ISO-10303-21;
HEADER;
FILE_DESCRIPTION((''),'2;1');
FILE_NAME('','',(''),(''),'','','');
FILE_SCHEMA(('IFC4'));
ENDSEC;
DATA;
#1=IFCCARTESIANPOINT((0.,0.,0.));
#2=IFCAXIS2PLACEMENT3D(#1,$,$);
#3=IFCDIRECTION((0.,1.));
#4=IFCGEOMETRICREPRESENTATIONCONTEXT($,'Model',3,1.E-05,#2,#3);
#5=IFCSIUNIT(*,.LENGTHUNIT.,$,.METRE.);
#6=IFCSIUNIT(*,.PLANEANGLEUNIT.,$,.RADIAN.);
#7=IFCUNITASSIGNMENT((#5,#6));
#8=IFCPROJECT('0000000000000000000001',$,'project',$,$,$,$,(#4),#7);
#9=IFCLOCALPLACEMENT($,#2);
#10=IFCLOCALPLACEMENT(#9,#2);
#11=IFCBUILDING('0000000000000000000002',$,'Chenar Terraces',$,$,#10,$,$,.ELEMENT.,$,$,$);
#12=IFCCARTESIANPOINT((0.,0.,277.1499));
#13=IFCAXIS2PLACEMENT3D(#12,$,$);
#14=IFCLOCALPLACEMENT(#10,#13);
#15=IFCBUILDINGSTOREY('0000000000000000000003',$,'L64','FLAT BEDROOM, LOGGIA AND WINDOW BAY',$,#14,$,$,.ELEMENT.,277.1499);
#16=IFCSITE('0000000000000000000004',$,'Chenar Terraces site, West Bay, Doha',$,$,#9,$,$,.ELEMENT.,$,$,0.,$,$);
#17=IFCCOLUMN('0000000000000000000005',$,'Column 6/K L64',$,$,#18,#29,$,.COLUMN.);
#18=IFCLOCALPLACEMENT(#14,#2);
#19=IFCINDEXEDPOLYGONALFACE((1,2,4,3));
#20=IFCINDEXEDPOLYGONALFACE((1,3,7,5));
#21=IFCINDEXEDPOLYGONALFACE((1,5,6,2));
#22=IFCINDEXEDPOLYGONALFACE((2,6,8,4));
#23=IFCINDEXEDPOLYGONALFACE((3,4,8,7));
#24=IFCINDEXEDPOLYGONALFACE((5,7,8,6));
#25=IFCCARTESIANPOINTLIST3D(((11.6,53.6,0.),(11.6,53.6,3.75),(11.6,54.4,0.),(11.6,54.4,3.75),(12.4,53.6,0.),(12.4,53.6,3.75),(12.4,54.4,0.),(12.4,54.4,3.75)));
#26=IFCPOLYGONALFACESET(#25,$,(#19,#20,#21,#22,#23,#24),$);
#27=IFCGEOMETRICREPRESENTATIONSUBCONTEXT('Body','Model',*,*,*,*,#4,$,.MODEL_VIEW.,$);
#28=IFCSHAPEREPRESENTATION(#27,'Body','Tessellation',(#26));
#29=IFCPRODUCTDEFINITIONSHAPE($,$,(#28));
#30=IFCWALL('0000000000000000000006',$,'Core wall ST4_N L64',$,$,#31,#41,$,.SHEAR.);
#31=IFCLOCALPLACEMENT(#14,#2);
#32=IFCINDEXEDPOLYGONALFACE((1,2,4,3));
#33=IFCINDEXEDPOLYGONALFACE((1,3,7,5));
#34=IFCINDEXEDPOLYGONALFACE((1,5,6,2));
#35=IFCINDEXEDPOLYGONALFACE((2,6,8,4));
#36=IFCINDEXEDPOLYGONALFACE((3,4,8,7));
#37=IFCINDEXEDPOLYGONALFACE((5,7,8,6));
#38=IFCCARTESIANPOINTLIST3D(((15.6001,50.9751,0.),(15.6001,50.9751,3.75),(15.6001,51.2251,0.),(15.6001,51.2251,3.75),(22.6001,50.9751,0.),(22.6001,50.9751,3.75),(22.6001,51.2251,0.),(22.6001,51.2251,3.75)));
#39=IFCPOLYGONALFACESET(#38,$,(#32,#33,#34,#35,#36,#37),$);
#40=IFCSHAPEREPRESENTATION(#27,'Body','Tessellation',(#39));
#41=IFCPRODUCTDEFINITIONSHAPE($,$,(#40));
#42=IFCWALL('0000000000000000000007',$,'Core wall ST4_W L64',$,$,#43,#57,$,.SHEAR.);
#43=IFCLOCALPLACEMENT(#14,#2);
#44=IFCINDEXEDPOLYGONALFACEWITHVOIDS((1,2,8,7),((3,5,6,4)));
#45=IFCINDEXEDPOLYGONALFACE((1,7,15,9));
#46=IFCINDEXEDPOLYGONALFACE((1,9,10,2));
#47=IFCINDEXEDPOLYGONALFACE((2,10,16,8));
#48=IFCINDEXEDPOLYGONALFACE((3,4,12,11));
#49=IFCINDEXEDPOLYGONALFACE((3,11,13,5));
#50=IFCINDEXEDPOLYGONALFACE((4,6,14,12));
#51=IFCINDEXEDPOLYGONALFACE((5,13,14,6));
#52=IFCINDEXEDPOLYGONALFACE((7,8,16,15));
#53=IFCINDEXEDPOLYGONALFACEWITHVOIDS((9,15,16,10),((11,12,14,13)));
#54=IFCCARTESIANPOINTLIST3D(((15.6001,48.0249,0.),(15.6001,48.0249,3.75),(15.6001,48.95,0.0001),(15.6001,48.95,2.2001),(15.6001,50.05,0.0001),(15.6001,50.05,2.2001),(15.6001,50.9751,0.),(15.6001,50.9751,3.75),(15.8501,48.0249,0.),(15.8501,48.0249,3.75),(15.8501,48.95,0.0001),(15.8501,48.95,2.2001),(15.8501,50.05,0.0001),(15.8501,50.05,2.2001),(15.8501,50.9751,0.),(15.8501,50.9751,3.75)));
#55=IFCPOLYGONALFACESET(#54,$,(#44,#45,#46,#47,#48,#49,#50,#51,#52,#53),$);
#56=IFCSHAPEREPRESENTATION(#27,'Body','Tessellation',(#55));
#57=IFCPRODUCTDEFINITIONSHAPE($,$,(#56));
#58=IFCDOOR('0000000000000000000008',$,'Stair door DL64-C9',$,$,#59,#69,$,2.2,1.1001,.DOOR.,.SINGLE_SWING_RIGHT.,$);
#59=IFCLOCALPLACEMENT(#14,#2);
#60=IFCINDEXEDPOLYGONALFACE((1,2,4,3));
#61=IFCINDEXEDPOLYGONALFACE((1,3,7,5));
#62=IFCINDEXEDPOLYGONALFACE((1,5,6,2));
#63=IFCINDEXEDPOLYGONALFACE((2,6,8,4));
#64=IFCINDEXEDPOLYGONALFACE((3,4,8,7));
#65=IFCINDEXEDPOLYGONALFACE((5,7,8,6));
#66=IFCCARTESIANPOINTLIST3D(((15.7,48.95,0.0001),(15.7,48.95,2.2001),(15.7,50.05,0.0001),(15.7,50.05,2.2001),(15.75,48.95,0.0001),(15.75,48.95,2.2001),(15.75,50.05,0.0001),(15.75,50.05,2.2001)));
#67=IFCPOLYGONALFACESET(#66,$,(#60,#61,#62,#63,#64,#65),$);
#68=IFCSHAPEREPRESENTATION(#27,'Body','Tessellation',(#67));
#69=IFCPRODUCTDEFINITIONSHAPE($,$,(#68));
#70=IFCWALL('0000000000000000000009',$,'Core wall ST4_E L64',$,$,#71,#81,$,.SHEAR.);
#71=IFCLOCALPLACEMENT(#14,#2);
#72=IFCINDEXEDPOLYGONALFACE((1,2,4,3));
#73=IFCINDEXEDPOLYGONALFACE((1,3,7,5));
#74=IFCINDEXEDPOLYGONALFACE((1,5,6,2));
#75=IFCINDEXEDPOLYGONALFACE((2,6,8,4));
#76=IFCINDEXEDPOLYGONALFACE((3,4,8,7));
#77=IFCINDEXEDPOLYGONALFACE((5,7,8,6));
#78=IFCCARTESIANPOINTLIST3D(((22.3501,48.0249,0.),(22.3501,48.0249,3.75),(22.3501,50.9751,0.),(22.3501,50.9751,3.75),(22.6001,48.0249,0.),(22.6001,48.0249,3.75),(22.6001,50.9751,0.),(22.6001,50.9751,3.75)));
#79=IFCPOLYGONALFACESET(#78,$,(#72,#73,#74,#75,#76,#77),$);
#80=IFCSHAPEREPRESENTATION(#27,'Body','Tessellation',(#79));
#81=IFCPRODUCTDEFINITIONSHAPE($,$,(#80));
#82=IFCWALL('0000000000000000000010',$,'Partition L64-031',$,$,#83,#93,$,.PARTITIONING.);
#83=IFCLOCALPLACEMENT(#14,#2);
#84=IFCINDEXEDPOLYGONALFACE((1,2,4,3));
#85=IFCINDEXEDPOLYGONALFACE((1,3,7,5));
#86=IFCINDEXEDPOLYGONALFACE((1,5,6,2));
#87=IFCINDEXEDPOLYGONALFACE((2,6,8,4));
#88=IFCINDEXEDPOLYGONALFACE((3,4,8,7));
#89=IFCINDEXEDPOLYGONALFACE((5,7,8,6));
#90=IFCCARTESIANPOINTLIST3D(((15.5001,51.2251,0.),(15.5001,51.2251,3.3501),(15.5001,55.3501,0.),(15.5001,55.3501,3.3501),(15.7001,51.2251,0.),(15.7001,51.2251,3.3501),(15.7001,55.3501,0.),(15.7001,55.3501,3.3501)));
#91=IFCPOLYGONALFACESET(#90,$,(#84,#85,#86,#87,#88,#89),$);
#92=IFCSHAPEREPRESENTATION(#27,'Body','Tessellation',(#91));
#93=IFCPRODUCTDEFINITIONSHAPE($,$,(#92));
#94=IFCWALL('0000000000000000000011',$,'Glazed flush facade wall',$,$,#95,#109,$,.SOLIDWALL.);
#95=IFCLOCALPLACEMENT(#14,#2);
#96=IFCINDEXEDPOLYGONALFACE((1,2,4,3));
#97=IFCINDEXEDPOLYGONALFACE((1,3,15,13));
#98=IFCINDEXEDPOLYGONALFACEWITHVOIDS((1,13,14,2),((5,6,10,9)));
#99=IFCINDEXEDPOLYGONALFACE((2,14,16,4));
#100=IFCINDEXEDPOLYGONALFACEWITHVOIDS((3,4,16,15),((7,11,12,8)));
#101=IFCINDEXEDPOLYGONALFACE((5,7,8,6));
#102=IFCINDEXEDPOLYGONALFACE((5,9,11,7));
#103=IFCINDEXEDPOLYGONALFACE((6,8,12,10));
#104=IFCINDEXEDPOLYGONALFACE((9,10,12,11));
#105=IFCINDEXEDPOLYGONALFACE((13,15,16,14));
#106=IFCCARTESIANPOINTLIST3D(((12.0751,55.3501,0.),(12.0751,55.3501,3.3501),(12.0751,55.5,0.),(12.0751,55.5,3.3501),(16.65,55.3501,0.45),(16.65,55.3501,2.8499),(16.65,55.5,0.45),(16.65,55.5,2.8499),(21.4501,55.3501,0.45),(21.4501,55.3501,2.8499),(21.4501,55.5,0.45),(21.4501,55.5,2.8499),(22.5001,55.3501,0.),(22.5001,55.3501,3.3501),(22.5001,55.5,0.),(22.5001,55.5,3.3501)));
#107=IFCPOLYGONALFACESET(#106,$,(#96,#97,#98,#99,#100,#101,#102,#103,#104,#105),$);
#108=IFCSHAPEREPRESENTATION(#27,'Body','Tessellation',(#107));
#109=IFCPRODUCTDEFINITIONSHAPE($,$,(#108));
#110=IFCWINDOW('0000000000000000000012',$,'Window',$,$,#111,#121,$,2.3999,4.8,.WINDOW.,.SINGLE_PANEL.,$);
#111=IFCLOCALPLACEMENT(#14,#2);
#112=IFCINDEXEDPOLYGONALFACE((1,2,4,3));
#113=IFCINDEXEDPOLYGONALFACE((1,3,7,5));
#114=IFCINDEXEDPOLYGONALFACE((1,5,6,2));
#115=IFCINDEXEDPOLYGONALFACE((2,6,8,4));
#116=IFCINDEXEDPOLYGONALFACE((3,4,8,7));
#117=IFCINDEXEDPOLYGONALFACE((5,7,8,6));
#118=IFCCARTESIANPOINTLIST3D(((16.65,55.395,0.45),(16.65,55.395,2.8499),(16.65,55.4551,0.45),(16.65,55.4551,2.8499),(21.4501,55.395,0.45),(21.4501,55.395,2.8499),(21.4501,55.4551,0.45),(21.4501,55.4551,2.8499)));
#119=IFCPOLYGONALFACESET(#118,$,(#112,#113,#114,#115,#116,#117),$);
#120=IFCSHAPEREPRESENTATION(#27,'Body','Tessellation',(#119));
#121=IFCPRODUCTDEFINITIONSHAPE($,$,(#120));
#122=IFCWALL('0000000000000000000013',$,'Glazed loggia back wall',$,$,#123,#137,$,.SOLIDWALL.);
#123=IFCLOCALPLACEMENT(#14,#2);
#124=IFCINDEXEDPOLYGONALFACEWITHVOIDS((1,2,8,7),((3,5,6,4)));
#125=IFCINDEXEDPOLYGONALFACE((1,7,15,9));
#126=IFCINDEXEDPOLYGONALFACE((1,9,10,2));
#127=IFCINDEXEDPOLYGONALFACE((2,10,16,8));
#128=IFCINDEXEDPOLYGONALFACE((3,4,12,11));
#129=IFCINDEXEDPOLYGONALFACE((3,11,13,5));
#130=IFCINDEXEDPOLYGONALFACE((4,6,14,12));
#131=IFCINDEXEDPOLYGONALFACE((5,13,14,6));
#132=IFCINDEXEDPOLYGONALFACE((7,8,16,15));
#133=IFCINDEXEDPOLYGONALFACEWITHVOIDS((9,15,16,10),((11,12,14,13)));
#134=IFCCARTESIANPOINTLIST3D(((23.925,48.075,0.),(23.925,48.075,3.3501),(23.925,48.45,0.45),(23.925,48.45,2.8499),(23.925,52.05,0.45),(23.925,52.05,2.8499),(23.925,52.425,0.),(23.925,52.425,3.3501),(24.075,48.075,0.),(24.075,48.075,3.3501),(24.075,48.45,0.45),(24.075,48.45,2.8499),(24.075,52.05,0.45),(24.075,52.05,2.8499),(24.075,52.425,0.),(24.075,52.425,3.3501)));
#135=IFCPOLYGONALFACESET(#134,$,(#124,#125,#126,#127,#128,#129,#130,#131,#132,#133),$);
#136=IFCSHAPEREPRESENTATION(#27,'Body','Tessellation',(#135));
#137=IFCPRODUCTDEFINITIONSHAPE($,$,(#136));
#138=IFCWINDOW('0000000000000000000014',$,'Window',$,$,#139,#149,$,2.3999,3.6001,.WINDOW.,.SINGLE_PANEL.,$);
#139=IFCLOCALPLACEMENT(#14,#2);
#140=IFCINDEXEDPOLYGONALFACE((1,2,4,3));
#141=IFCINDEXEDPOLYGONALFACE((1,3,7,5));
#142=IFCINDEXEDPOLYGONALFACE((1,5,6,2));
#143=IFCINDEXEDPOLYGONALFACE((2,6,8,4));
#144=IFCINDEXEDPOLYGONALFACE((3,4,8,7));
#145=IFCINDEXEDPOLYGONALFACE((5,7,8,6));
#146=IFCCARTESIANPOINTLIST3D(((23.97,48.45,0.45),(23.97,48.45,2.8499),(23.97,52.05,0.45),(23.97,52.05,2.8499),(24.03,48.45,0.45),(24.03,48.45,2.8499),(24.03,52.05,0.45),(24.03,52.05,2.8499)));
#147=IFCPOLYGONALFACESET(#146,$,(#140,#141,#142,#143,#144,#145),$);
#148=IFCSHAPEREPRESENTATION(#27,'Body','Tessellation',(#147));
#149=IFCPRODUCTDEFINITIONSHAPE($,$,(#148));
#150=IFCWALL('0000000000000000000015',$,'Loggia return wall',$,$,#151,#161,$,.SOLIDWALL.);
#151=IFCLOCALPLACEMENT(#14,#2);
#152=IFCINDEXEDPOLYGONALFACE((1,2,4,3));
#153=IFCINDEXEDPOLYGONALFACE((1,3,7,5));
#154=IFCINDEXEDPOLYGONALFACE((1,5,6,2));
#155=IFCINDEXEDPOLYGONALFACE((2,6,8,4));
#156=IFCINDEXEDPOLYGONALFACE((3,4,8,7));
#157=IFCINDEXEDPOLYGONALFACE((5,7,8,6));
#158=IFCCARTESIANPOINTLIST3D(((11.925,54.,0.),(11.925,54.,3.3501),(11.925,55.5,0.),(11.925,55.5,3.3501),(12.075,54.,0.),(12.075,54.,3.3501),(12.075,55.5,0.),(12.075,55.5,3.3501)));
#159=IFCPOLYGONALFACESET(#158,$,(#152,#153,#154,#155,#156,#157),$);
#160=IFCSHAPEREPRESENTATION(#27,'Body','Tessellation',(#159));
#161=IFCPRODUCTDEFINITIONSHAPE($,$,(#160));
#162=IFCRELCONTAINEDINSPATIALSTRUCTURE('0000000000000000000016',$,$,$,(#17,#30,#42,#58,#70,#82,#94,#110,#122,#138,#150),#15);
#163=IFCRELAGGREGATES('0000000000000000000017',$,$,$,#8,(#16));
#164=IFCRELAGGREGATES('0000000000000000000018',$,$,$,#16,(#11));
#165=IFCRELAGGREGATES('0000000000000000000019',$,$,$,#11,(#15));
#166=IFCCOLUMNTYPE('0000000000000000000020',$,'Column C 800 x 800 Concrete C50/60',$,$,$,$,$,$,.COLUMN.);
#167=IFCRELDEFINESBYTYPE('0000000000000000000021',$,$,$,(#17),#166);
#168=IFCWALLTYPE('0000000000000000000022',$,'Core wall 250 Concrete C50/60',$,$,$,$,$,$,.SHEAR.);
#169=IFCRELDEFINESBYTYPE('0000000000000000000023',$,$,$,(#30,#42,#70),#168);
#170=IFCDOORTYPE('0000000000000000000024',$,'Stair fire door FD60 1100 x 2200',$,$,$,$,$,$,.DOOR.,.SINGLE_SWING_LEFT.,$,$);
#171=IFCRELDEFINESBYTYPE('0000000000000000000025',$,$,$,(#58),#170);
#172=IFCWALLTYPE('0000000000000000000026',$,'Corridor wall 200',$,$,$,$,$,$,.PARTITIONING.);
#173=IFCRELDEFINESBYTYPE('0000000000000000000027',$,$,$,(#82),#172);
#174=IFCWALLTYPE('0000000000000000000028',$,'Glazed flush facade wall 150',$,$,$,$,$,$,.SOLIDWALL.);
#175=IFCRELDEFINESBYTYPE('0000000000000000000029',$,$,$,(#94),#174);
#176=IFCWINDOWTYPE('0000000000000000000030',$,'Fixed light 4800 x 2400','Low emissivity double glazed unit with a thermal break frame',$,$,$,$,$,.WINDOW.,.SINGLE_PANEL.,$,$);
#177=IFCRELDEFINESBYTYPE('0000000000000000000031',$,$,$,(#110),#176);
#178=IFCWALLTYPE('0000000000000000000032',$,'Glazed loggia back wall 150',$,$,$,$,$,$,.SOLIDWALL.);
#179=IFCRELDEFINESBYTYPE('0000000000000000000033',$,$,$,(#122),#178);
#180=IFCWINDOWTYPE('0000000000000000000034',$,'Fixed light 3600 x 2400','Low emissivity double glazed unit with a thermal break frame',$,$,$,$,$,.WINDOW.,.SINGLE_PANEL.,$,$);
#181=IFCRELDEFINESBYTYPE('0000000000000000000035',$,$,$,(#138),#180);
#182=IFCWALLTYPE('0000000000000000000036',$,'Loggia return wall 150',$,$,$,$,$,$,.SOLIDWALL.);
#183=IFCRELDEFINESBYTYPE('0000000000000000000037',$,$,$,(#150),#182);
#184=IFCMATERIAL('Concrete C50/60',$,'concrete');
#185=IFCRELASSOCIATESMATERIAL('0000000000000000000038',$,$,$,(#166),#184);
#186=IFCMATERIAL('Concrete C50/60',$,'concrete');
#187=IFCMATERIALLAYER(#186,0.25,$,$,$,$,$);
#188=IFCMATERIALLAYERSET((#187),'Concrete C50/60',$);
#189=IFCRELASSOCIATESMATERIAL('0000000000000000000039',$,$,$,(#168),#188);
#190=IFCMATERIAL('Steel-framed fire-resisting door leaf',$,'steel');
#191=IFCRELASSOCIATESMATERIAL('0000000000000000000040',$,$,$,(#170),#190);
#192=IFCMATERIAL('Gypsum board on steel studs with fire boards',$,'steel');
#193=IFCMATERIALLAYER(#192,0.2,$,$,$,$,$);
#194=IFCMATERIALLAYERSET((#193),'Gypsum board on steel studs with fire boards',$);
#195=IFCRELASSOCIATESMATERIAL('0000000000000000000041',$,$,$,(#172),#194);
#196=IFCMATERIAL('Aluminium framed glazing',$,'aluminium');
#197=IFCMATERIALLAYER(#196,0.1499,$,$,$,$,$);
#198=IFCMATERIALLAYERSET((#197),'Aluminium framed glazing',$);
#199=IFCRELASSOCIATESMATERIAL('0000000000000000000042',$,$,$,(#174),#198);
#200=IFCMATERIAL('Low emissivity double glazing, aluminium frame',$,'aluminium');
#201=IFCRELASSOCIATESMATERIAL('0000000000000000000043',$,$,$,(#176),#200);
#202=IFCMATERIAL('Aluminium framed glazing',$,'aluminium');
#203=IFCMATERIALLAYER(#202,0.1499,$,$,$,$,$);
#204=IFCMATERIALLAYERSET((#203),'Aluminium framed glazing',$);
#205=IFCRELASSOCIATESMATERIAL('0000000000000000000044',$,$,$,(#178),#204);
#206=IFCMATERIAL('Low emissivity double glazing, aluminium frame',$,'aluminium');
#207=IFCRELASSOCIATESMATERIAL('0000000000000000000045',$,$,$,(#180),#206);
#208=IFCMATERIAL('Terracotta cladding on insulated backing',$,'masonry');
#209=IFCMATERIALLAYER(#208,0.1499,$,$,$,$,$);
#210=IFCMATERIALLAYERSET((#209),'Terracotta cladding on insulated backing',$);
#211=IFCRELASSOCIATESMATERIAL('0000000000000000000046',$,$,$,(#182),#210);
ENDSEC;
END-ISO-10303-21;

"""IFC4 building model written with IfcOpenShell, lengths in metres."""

from ifc_helpers import new_model, si_unit, direction, frame, frame_2d, origin, origin_2d, place, context, subcontext, project, spatial, rectangle, extrude, material, layer, layer_set, material_profile, profile_set, type_object, element, fill, save


model = new_model("IFC4")

# Units and contexts
model_context = context("Model", 3, precision=1e-05, world=origin(), true_north=direction((0.0, 1.0)))
body_context = subcontext(model_context, "Body", "Model", "MODEL_VIEW")
ifc_project = project(units=[si_unit("LENGTHUNIT", "METRE"), si_unit("PLANEANGLEUNIT", "RADIAN")], contexts=[model_context])

# Site, building, storey
site_placement = place(None, origin())
site = spatial("IfcSite", under=ifc_project, at=site_placement, Name="Chenar Terraces site, West Bay, Doha", CompositionType="ELEMENT", RefElevation=0.0)
building_placement = place(site_placement, origin())
building = spatial("IfcBuilding", under=site, at=building_placement, Name="Chenar Terraces", CompositionType="ELEMENT")
storey_placement = place(building_placement, frame((0.0, 0.0, 277.1499)))
storey = spatial("IfcBuildingStorey", under=building, at=storey_placement, Name="L64", Description="FLAT BEDROOM, LOGGIA AND WINDOW BAY", CompositionType="ELEMENT", Elevation=277.1499)

# Column
ifc_material_1 = material(Name="Concrete C50/60", Category="concrete")
ifc_material_profile = material_profile(ifc_material_1, rectangle(XDim=0.8, YDim=0.8, at=origin_2d()), Name="C 800 x 800")
ifc_profile_set = profile_set([ifc_material_profile], Name="Concrete C50/60")
column_type = type_object("IfcColumnType", Name="Column C 800 x 800 Concrete C50/60", PredefinedType="COLUMN", material=ifc_profile_set)
column_placement = place(storey_placement, frame((12.0, 54.0, 0.0), z_axis=(0.0, 0.0, 1.0), x_axis=(1.0, 0.0, 0.0)))
element("IfcColumn", 1, at=column_placement, inside=storey, type_object=column_type, Name="Column 6/K L64", PredefinedType="COLUMN", context=body_context, shape_type="SweptSolid", body=[
    extrude(rectangle(XDim=0.8, YDim=0.8, at=origin_2d()), origin(), (0.0, 0.0, 1.0), 3.75),
])

# Wall
ifc_material_2 = material(Name="Concrete C50/60", Category="concrete")
ifc_layer_1 = layer(ifc_material_2, 0.25)
ifc_layer_set_1 = layer_set([ifc_layer_1], Name="Concrete C50/60")
wall_type_1 = type_object("IfcWallType", Name="Core wall 250 Concrete C50/60", PredefinedType="SHEAR", material=ifc_layer_set_1)
wall_1_placement = place(storey_placement, frame((15.6001, 51.1001, 0.0), z_axis=(0.0, 0.0, 1.0), x_axis=(1.0, 0.0, 0.0)))
element("IfcWall", 2, at=wall_1_placement, inside=storey, type_object=wall_type_1, Name="Core wall ST4_N L64", PredefinedType="SHEAR", context=body_context, shape_type="SweptSolid", body=[
    extrude(rectangle(XDim=7.0, YDim=0.25, at=frame_2d((3.5, 0.0))), origin(), (0.0, 0.0, 1.0), 3.75),
])

# Wall, opening, door
wall_2_placement = place(storey_placement, frame((15.7251, 48.0249, 0.0), z_axis=(0.0, 0.0, 1.0), x_axis=(0.0, 1.0, 0.0)))
wall_2 = element("IfcWall", 3, at=wall_2_placement, inside=storey, type_object=wall_type_1, Name="Core wall ST4_W L64", PredefinedType="SHEAR", context=body_context, shape_type="SweptSolid", body=[
    extrude(rectangle(XDim=2.9502, YDim=0.25, at=frame_2d((1.4751, 0.0))), origin(), (0.0, 0.0, 1.0), 3.75),
])
opening_1_placement = place(wall_2_placement, frame((0.925, 0.0, 0.0)))
opening_1 = element("IfcOpeningElement", 4, at=opening_1_placement, cuts=wall_2, PredefinedType="OPENING", context=body_context, shape_type="SweptSolid", body=[
    extrude(rectangle(XDim=1.1001, YDim=2.2, at=frame_2d((0.55, 1.1001))), frame((0.0, 0.135, 0.0), z_axis=(0.0, -1.0, 0.0), x_axis=(1.0, 0.0, 0.0)), (0.0, 0.0, 1.0), 0.27),
])
ifc_material_3 = material(Name="Steel-framed fire-resisting door leaf", Category="steel")
door_type_1 = type_object("IfcDoorType", Name="Stair fire door FD60 1100 x 2200", OperationType="SINGLE_SWING_LEFT", PredefinedType="DOOR", material=ifc_material_3)
door_1_placement = place(opening_1_placement, frame((1.1001, 0.0, 0.0), z_axis=(0.0, 0.0, 1.0), x_axis=(-1.0, 0.0, 0.0)))
door_1 = element("IfcDoor", 5, at=door_1_placement, inside=storey, type_object=door_type_1, Name="Stair door DL64-C9", OperationType="SINGLE_SWING_RIGHT", OverallHeight=2.2, OverallWidth=1.1001, PredefinedType="DOOR", context=body_context, shape_type="SweptSolid", body=[
    extrude(rectangle(XDim=1.1001, YDim=2.2, at=frame_2d((0.55, 1.1001))), frame((0.0, 0.0249, 0.0), z_axis=(0.0, -1.0, 0.0), x_axis=(1.0, 0.0, 0.0)), (0.0, 0.0, 1.0), 0.05),
])
fill(opening_1, door_1)

# Walls
wall_3_placement = place(storey_placement, frame((22.4751, 48.0249, 0.0), z_axis=(0.0, 0.0, 1.0), x_axis=(0.0, 1.0, 0.0)))
element("IfcWall", 6, at=wall_3_placement, inside=storey, type_object=wall_type_1, Name="Core wall ST4_E L64", PredefinedType="SHEAR", context=body_context, shape_type="SweptSolid", body=[
    extrude(rectangle(XDim=2.9502, YDim=0.25, at=frame_2d((1.4751, 0.0))), origin(), (0.0, 0.0, 1.0), 3.75),
])
ifc_material_4 = material(Name="Gypsum board on steel studs with fire boards", Category="steel")
ifc_layer_2 = layer(ifc_material_4, 0.2)
ifc_layer_set_2 = layer_set([ifc_layer_2], Name="Gypsum board on steel studs with fire boards")
wall_type_2 = type_object("IfcWallType", Name="Corridor wall 200", PredefinedType="PARTITIONING", material=ifc_layer_set_2)
wall_4_placement = place(storey_placement, frame((15.6001, 51.2251, 0.0), z_axis=(0.0, 0.0, 1.0), x_axis=(0.0, 1.0, 0.0)))
element("IfcWall", 7, at=wall_4_placement, inside=storey, type_object=wall_type_2, Name="Partition L64-031", PredefinedType="PARTITIONING", context=body_context, shape_type="SweptSolid", body=[
    extrude(rectangle(XDim=4.125, YDim=0.2, at=frame_2d((2.0625, 0.0))), origin(), (0.0, 0.0, 1.0), 3.3501),
])

# Walls, openings, windows
ifc_material_5 = material(Name="Aluminium framed glazing", Category="aluminium")
ifc_layer_3 = layer(ifc_material_5, 0.1499)
ifc_layer_set_3 = layer_set([ifc_layer_3], Name="Aluminium framed glazing")
wall_type_3 = type_object("IfcWallType", Name="Glazed flush facade wall 150", PredefinedType="SOLIDWALL", material=ifc_layer_set_3)
wall_5_placement = place(storey_placement, frame((22.5, 55.425, 0.0), z_axis=(0.0, 0.0, 1.0), x_axis=(-1.0, 0.0, 0.0)))
wall_5 = element("IfcWall", 8, at=wall_5_placement, inside=storey, type_object=wall_type_3, Name="Glazed flush facade wall", PredefinedType="SOLIDWALL", context=body_context, shape_type="SweptSolid", body=[
    extrude(rectangle(XDim=10.425, YDim=0.1499, at=frame_2d((5.2124, 0.0))), origin(), (0.0, 0.0, 1.0), 3.3501),
])
opening_2_placement = place(wall_5_placement, frame((1.05, 0.0, 0.45)))
opening_2 = element("IfcOpeningElement", 9, at=opening_2_placement, cuts=wall_5, PredefinedType="OPENING", context=body_context, shape_type="SweptSolid", body=[
    extrude(rectangle(XDim=4.8, YDim=2.3999, at=frame_2d((2.3999, 1.2))), frame((0.0, 0.085, 0.0), z_axis=(0.0, -1.0, 0.0), x_axis=(1.0, 0.0, 0.0)), (0.0, 0.0, 1.0), 0.1699),
])
ifc_material_6 = material(Name="Low emissivity double glazing, aluminium frame", Category="aluminium")
window_type_1 = type_object("IfcWindowType", Name="Fixed light 4800 x 2400", Description="Low emissivity double glazed unit with a thermal break frame", PartitioningType="SINGLE_PANEL", PredefinedType="WINDOW", material=ifc_material_6)
window_1_placement = place(opening_2_placement, origin())
window_1 = element("IfcWindow", 10, at=window_1_placement, inside=storey, type_object=window_type_1, Name="Window", OverallHeight=2.3999, OverallWidth=4.8, PartitioningType="SINGLE_PANEL", PredefinedType="WINDOW", context=body_context, shape_type="SweptSolid", body=[
    extrude(rectangle(XDim=4.8, YDim=2.3999, at=frame_2d((2.3999, 1.2))), frame((0.0, 0.03, 0.0), z_axis=(0.0, -1.0, 0.0), x_axis=(1.0, 0.0, 0.0)), (0.0, 0.0, 1.0), 0.0601),
])
fill(opening_2, window_1)
ifc_material_7 = material(Name="Aluminium framed glazing", Category="aluminium")
ifc_layer_4 = layer(ifc_material_7, 0.1499)
ifc_layer_set_4 = layer_set([ifc_layer_4], Name="Aluminium framed glazing")
wall_type_4 = type_object("IfcWallType", Name="Glazed loggia back wall 150", PredefinedType="SOLIDWALL", material=ifc_layer_set_4)
wall_6_placement = place(storey_placement, frame((24.0, 48.075, 0.0), z_axis=(0.0, 0.0, 1.0), x_axis=(0.0, 1.0, 0.0)))
wall_6 = element("IfcWall", 11, at=wall_6_placement, inside=storey, type_object=wall_type_4, Name="Glazed loggia back wall", PredefinedType="SOLIDWALL", context=body_context, shape_type="SweptSolid", body=[
    extrude(rectangle(XDim=4.3501, YDim=0.1499, at=frame_2d((2.175, 0.0))), origin(), (0.0, 0.0, 1.0), 3.3501),
])
opening_3_placement = place(wall_6_placement, frame((0.375, 0.0, 0.45)))
opening_3 = element("IfcOpeningElement", 12, at=opening_3_placement, cuts=wall_6, PredefinedType="OPENING", context=body_context, shape_type="SweptSolid", body=[
    extrude(rectangle(XDim=3.6001, YDim=2.3999, at=frame_2d((1.8, 1.2))), frame((0.0, 0.085, 0.0), z_axis=(0.0, -1.0, 0.0), x_axis=(1.0, 0.0, 0.0)), (0.0, 0.0, 1.0), 0.1699),
])
ifc_material_8 = material(Name="Low emissivity double glazing, aluminium frame", Category="aluminium")
window_type_2 = type_object("IfcWindowType", Name="Fixed light 3600 x 2400", Description="Low emissivity double glazed unit with a thermal break frame", PartitioningType="SINGLE_PANEL", PredefinedType="WINDOW", material=ifc_material_8)
window_2_placement = place(opening_3_placement, origin())
window_2 = element("IfcWindow", 13, at=window_2_placement, inside=storey, type_object=window_type_2, Name="Window", OverallHeight=2.3999, OverallWidth=3.6001, PartitioningType="SINGLE_PANEL", PredefinedType="WINDOW", context=body_context, shape_type="SweptSolid", body=[
    extrude(rectangle(XDim=3.6001, YDim=2.3999, at=frame_2d((1.8, 1.2))), frame((0.0, 0.03, 0.0), z_axis=(0.0, -1.0, 0.0), x_axis=(1.0, 0.0, 0.0)), (0.0, 0.0, 1.0), 0.0601),
])
fill(opening_3, window_2)

# Wall
ifc_material_9 = material(Name="Terracotta cladding on insulated backing", Category="masonry")
ifc_layer_5 = layer(ifc_material_9, 0.1499)
ifc_layer_set_5 = layer_set([ifc_layer_5], Name="Terracotta cladding on insulated backing")
wall_type_5 = type_object("IfcWallType", Name="Loggia return wall 150", PredefinedType="SOLIDWALL", material=ifc_layer_set_5)
wall_7_placement = place(storey_placement, frame((12.0, 55.5, 0.0), z_axis=(0.0, 0.0, 1.0), x_axis=(0.0, -1.0, 0.0)))
element("IfcWall", 14, at=wall_7_placement, inside=storey, type_object=wall_type_5, Name="Loggia return wall", PredefinedType="SOLIDWALL", context=body_context, shape_type="SweptSolid", body=[
    extrude(rectangle(XDim=1.5, YDim=0.1499, at=frame_2d((0.75, 0.0))), origin(), (0.0, 0.0, 1.0), 3.3501),
])

save(model, "model.ifc")
